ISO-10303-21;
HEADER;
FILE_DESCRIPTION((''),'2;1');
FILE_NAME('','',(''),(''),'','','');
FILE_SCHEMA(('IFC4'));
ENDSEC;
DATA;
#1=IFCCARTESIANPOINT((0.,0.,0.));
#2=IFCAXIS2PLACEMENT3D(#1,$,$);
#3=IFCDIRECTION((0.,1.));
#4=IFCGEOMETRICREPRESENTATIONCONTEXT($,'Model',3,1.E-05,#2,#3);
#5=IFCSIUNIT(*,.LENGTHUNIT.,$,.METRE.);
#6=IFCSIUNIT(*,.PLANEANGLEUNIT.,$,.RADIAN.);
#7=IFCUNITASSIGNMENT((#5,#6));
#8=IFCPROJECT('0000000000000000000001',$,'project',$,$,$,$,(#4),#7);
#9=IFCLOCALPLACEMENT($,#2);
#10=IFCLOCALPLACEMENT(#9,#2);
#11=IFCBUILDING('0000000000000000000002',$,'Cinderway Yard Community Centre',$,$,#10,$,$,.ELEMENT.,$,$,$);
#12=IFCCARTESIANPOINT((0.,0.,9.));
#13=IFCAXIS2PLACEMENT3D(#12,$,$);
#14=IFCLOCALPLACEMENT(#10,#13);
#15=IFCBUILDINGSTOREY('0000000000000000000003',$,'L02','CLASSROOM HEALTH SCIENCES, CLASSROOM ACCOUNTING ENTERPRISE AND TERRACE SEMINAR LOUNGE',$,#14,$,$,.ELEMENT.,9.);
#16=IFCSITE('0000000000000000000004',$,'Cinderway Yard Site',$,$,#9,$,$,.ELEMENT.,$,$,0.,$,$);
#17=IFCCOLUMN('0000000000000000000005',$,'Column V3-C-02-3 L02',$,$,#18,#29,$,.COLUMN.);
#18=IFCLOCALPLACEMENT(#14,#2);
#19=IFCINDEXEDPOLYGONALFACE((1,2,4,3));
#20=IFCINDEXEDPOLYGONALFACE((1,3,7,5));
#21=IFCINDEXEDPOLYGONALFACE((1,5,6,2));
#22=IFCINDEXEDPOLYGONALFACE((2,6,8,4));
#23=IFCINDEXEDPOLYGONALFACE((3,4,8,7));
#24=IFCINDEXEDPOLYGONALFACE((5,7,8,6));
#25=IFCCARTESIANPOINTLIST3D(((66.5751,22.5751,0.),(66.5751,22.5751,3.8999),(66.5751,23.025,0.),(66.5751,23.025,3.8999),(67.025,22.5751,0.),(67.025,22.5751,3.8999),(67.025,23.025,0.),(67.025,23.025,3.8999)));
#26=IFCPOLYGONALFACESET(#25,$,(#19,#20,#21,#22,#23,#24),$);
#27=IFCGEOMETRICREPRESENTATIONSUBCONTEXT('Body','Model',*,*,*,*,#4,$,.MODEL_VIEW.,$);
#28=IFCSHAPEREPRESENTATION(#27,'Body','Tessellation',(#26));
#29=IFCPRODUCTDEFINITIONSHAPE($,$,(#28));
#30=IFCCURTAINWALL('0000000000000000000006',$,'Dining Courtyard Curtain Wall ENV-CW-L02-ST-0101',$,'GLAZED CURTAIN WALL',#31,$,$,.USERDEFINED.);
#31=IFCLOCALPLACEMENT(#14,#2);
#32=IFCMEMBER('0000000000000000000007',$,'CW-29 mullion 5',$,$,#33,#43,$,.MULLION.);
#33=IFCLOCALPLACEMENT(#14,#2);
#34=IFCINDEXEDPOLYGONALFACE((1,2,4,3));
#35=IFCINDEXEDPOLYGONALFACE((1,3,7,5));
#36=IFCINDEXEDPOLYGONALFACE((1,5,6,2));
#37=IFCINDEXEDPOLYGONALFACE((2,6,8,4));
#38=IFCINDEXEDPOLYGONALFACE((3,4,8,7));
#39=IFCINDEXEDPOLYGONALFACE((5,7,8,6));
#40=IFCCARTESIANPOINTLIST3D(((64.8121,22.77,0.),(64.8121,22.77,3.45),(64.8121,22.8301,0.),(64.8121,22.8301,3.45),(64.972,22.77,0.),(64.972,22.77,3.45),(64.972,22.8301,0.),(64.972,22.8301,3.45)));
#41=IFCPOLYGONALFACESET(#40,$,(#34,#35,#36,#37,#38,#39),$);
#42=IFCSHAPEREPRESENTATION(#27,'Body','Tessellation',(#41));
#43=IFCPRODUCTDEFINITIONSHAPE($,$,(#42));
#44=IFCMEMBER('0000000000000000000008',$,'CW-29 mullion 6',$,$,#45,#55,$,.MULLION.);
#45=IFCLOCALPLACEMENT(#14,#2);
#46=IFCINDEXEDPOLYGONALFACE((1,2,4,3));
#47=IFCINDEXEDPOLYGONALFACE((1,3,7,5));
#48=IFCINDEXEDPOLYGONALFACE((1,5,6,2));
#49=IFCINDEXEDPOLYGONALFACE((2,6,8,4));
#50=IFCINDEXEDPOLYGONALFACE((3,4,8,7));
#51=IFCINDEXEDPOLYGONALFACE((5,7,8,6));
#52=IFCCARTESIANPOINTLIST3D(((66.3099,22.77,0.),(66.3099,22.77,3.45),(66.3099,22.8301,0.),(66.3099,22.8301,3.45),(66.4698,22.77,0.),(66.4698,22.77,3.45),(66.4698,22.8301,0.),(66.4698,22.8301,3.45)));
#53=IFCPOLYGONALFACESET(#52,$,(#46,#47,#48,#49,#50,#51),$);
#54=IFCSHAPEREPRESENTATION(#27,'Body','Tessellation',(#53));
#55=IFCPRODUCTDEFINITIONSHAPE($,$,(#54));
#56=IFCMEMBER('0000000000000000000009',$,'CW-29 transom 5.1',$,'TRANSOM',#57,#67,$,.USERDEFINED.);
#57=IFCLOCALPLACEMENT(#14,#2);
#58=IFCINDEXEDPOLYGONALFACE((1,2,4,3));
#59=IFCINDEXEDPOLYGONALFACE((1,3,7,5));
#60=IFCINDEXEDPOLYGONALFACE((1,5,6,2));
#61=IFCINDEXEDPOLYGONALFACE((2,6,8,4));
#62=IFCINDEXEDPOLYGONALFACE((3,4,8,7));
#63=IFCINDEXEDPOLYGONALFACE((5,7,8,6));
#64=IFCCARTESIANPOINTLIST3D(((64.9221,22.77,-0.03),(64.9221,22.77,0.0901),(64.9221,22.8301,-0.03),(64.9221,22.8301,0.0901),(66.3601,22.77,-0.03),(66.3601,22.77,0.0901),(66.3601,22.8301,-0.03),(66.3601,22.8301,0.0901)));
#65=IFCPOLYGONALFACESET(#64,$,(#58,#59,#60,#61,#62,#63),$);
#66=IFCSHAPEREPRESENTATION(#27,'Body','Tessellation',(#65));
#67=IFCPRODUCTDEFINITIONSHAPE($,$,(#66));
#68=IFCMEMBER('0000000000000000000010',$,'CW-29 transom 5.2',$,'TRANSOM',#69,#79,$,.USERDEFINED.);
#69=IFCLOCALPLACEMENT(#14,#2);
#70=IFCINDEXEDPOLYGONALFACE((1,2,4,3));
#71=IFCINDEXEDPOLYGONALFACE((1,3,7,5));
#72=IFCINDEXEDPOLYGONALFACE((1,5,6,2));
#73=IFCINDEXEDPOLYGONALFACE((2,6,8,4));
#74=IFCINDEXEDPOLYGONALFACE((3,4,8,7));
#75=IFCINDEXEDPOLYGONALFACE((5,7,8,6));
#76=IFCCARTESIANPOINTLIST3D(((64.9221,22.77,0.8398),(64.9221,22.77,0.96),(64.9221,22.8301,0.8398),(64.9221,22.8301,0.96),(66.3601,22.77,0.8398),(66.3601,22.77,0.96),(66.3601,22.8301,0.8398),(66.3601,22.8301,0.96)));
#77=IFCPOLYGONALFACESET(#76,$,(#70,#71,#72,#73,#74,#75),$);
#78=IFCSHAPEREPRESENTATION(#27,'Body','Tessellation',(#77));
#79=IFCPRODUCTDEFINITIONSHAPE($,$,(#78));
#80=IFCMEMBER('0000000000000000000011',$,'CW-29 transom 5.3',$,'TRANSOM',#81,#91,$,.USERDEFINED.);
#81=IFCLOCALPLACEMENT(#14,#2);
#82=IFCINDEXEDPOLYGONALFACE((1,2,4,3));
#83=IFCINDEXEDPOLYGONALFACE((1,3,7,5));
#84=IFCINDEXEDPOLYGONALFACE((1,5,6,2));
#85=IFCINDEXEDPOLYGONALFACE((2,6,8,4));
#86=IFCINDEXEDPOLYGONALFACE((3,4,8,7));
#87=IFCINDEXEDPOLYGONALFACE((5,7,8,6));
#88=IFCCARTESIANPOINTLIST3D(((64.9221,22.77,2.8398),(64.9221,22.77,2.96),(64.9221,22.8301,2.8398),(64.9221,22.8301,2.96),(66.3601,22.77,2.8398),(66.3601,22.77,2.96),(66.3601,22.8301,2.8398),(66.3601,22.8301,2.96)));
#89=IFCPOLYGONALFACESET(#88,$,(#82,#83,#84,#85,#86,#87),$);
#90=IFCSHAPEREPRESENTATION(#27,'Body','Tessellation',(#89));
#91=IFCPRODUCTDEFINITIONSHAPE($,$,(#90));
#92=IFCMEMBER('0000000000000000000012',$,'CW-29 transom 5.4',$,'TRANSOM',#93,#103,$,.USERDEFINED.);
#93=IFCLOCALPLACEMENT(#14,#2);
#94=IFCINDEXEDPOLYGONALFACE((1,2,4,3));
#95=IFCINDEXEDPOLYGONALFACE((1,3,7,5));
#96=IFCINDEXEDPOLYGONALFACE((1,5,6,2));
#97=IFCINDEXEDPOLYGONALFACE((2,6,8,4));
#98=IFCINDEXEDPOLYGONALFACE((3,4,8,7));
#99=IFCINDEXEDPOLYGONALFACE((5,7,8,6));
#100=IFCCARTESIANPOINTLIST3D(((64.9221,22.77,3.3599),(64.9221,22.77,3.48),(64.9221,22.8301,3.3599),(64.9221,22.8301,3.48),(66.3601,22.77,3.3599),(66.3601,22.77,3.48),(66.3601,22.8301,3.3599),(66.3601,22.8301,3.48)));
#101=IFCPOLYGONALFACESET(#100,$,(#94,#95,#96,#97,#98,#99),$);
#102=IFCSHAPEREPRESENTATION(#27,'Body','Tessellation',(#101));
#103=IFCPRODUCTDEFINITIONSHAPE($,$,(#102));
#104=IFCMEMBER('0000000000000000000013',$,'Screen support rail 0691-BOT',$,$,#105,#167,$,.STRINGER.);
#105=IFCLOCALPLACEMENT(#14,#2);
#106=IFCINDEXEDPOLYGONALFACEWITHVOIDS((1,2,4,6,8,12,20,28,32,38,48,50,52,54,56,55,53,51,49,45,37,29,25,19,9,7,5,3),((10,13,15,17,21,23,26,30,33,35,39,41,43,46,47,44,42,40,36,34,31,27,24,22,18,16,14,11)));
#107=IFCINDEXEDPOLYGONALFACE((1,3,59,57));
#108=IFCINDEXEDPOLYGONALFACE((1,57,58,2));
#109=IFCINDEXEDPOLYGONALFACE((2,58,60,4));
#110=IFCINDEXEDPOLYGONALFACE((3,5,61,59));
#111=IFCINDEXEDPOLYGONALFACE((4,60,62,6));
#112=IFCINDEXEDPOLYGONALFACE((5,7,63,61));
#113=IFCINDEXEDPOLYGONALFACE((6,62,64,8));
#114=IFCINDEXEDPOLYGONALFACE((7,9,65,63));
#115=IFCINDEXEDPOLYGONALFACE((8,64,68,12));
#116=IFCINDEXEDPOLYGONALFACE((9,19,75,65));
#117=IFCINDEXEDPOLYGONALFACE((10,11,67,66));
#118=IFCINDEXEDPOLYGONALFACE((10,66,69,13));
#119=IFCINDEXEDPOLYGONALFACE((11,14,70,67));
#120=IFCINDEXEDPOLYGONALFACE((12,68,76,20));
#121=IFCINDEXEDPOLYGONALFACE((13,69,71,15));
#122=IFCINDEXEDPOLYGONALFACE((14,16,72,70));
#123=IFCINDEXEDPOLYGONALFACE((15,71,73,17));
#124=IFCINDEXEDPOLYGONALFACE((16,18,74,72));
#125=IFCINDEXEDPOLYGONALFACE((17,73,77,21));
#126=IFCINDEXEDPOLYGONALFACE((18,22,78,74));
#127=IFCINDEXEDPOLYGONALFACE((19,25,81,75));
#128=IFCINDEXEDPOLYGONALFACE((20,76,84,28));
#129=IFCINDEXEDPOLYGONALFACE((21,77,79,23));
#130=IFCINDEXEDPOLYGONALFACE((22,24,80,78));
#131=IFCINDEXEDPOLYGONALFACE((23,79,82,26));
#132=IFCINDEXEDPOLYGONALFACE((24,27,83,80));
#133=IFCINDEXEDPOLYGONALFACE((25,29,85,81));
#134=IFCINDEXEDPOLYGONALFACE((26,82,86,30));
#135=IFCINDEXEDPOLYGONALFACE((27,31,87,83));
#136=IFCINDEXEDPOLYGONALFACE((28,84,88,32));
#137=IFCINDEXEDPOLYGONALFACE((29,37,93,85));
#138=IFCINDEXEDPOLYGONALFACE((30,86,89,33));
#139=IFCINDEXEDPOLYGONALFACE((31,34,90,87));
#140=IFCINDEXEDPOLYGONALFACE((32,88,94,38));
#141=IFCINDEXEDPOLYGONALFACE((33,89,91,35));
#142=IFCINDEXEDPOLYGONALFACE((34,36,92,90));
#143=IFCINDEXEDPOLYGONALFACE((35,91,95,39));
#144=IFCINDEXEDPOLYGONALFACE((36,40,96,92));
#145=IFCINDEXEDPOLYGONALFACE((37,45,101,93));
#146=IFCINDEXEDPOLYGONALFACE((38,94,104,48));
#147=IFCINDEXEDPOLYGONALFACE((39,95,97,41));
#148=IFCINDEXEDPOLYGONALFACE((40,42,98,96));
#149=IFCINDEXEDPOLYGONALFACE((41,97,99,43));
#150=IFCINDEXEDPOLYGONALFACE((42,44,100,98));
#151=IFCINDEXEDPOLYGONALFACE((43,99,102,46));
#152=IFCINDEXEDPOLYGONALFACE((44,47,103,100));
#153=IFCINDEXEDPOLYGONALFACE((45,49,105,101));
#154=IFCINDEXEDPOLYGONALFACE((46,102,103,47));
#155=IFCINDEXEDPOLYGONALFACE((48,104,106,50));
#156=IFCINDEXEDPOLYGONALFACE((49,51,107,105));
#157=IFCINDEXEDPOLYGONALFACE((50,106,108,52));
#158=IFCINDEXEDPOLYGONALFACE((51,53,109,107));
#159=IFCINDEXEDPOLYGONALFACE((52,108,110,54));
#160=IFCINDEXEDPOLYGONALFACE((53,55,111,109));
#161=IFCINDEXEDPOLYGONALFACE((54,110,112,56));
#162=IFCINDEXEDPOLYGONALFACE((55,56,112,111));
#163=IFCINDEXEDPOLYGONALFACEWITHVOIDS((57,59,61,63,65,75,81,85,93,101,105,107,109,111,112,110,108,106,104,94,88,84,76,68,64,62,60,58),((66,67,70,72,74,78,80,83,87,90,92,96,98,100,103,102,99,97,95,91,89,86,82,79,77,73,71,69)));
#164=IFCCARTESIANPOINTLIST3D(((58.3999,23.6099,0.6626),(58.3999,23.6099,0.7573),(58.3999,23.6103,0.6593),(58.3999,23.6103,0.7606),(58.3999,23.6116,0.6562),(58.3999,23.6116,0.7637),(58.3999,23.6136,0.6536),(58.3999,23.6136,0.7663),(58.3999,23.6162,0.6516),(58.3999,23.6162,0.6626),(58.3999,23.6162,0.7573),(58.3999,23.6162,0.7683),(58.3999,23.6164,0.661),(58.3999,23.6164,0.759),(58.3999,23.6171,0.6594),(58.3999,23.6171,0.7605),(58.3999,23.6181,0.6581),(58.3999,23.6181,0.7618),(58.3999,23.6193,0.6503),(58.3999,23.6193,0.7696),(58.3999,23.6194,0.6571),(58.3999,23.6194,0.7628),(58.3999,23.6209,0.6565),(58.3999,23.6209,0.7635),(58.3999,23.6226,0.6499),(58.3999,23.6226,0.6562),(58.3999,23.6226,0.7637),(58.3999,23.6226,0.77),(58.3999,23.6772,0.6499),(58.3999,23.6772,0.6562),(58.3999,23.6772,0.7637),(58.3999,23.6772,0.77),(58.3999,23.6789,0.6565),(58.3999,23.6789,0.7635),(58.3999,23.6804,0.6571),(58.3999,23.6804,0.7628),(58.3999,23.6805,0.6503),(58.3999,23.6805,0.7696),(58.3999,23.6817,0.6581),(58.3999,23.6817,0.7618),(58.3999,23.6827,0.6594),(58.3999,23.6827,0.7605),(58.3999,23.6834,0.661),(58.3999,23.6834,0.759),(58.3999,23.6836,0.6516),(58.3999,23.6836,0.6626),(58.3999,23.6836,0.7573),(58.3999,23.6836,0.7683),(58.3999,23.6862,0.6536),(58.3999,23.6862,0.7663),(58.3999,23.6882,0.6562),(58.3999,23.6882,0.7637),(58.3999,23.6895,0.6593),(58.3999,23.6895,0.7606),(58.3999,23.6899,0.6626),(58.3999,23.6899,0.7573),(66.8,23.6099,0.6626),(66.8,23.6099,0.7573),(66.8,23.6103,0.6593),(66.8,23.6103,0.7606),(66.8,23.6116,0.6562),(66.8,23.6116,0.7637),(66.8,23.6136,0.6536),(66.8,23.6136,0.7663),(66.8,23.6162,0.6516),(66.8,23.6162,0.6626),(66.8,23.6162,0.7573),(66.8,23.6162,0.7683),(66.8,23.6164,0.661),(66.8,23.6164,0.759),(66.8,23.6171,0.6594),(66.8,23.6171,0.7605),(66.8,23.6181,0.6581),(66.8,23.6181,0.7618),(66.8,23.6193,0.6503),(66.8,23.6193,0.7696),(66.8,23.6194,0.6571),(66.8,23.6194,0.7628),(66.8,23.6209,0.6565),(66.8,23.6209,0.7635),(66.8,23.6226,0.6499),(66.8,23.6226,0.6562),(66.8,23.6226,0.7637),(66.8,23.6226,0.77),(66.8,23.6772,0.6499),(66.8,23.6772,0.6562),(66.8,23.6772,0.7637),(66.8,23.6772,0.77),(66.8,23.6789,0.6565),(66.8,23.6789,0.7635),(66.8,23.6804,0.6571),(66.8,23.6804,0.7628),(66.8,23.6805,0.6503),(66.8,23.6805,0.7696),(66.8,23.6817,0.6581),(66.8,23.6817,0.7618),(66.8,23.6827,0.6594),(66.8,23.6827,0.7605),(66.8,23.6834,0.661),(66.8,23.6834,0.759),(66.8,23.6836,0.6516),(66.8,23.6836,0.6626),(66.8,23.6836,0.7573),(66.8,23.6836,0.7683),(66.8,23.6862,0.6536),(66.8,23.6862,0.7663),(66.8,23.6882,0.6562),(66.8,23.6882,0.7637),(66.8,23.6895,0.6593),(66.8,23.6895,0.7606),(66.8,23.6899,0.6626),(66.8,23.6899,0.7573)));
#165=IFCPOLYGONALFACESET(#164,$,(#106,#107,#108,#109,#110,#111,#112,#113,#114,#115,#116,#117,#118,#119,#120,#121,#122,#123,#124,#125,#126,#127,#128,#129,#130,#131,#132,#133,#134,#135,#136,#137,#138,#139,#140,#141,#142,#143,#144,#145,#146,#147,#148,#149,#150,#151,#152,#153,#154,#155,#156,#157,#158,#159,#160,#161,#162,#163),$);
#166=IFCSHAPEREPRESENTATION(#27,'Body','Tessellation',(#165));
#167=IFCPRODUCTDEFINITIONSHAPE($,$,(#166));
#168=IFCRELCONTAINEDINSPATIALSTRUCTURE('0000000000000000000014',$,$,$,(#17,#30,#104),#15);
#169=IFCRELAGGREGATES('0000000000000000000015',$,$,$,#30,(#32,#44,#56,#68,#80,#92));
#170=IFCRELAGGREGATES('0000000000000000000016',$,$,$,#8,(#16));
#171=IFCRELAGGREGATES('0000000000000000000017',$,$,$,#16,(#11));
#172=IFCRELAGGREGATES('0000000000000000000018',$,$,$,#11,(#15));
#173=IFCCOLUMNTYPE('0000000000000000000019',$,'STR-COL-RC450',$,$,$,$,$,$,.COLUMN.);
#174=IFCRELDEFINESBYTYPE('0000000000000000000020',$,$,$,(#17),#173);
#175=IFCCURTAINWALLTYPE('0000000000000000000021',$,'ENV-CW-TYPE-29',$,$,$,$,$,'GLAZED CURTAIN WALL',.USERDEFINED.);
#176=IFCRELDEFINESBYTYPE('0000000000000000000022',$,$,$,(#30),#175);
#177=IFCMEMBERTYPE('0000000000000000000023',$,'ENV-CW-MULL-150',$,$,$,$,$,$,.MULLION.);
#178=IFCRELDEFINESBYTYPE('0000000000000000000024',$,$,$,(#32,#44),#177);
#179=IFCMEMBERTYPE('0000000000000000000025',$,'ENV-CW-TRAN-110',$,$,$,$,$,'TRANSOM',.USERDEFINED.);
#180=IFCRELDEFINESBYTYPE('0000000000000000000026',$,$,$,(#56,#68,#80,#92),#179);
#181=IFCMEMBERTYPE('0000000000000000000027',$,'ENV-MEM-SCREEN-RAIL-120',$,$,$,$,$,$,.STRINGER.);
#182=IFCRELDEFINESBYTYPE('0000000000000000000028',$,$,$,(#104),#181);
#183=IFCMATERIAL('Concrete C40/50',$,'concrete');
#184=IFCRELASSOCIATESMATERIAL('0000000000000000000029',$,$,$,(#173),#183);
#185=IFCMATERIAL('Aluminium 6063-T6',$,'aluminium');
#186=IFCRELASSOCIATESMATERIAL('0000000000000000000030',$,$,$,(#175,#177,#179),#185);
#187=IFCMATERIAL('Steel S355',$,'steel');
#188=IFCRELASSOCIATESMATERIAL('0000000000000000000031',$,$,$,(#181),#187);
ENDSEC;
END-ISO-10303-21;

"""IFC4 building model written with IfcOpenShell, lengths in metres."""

from ifc_helpers import new_model, si_unit, direction, frame, origin, origin_2d, place, context, subcontext, project, spatial, rectangle, hollow_rectangle, extrude, material, material_profile, profile_set, type_object, element, aggregate, save


model = new_model("IFC4")

# Units and contexts
model_context = context("Model", 3, precision=1e-05, world=origin(), true_north=direction((0.0, 1.0)))
body_context = subcontext(model_context, "Body", "Model", "MODEL_VIEW")
ifc_project = project(units=[si_unit("LENGTHUNIT", "METRE"), si_unit("PLANEANGLEUNIT", "RADIAN")], contexts=[model_context])

# Site, building, storey
site_placement = place(None, origin())
site = spatial("IfcSite", under=ifc_project, at=site_placement, Name="Cinderway Yard Site", CompositionType="ELEMENT", RefElevation=0.0)
building_placement = place(site_placement, origin())
building = spatial("IfcBuilding", under=site, at=building_placement, Name="Cinderway Yard Community Centre", CompositionType="ELEMENT")
storey_placement = place(building_placement, frame((0.0, 0.0, 9.0)))
storey = spatial("IfcBuildingStorey", under=building, at=storey_placement, Name="L02", Description="CLASSROOM HEALTH SCIENCES, CLASSROOM ACCOUNTING ENTERPRISE AND TERRACE SEMINAR LOUNGE", CompositionType="ELEMENT", Elevation=9.0)

# Column
ifc_material_1 = material(Name="Concrete C40/50", Category="concrete")
ifc_material_profile_1 = material_profile(ifc_material_1, rectangle(XDim=0.45, YDim=0.45, at=origin_2d()), Name="Concrete C40/50")
ifc_profile_set_1 = profile_set([ifc_material_profile_1], Name="Concrete C40/50")
column_type = type_object("IfcColumnType", Name="STR-COL-RC450", PredefinedType="COLUMN", material=ifc_profile_set_1)
column_placement = place(storey_placement, frame((66.8, 22.8, 0.0), z_axis=(0.0, 0.0, 1.0), x_axis=(1.0, 0.0, 0.0)))
element("IfcColumn", 1, at=column_placement, inside=storey, type_object=column_type, Name="Column V3-C-02-3 L02", PredefinedType="COLUMN", context=body_context, shape_type="SweptSolid", body=[
    extrude(rectangle(XDim=0.45, YDim=0.45, at=origin_2d()), origin(), (0.0, 0.0, 1.0), 3.8999),
])

# Curtain wall, members
ifc_material_2 = material(Name="Aluminium 6063-T6", Category="aluminium")
curtain_wall_type = type_object("IfcCurtainWallType", Name="ENV-CW-TYPE-29", ElementType="GLAZED CURTAIN WALL", PredefinedType="USERDEFINED", material=ifc_material_2)
curtain_wall_placement = place(storey_placement, origin())
curtain_wall = element("IfcCurtainWall", 2, at=curtain_wall_placement, inside=storey, type_object=curtain_wall_type, Name="Dining Courtyard Curtain Wall ENV-CW-L02-ST-0101", ObjectType="GLAZED CURTAIN WALL", PredefinedType="USERDEFINED")
ifc_material_profile_2 = material_profile(ifc_material_2, rectangle(XDim=0.0601, YDim=0.1599, at=origin_2d()), Name="Aluminium 6063-T6")
ifc_profile_set_2 = profile_set([ifc_material_profile_2], Name="Aluminium 6063-T6")
member_type_1 = type_object("IfcMemberType", Name="ENV-CW-MULL-150", PredefinedType="MULLION", material=ifc_profile_set_2)
member_1_placement = place(storey_placement, frame((64.8921, 22.8, 0.0), z_axis=(0.0, 0.0, 1.0), x_axis=(0.0, 1.0, 0.0)))
member_1 = element("IfcMember", 3, at=member_1_placement, type_object=member_type_1, Name="CW-29 mullion 5", PredefinedType="MULLION", context=body_context, shape_type="SweptSolid", body=[
    extrude(rectangle(XDim=0.0601, YDim=0.1599, at=origin_2d()), origin(), (0.0, 0.0, 1.0), 3.45),
])
member_2_placement = place(storey_placement, frame((66.3899, 22.8, 0.0), z_axis=(0.0, 0.0, 1.0), x_axis=(0.0, 1.0, 0.0)))
member_2 = element("IfcMember", 4, at=member_2_placement, type_object=member_type_1, Name="CW-29 mullion 6", PredefinedType="MULLION", context=body_context, shape_type="SweptSolid", body=[
    extrude(rectangle(XDim=0.0601, YDim=0.1599, at=origin_2d()), origin(), (0.0, 0.0, 1.0), 3.45),
])
ifc_material_profile_3 = material_profile(ifc_material_2, rectangle(XDim=0.0601, YDim=0.1201, at=origin_2d()), Name="Aluminium 6063-T6")
ifc_profile_set_3 = profile_set([ifc_material_profile_3], Name="Aluminium 6063-T6")
member_type_2 = type_object("IfcMemberType", Name="ENV-CW-TRAN-110", ElementType="TRANSOM", PredefinedType="USERDEFINED", material=ifc_profile_set_3)
member_3_placement = place(storey_placement, frame((64.9221, 22.8, 0.03), z_axis=(1.0, 0.0, 0.0), x_axis=(0.0, 1.0, 0.0)))
member_3 = element("IfcMember", 5, at=member_3_placement, type_object=member_type_2, Name="CW-29 transom 5.1", ObjectType="TRANSOM", PredefinedType="USERDEFINED", context=body_context, shape_type="SweptSolid", body=[
    extrude(rectangle(XDim=0.0601, YDim=0.1201, at=origin_2d()), origin(), (0.0, 0.0, 1.0), 1.438),
])
member_4_placement = place(storey_placement, frame((64.9221, 22.8, 0.8999), z_axis=(1.0, 0.0, 0.0), x_axis=(0.0, 1.0, 0.0)))
member_4 = element("IfcMember", 6, at=member_4_placement, type_object=member_type_2, Name="CW-29 transom 5.2", ObjectType="TRANSOM", PredefinedType="USERDEFINED", context=body_context, shape_type="SweptSolid", body=[
    extrude(rectangle(XDim=0.0601, YDim=0.1201, at=origin_2d()), origin(), (0.0, 0.0, 1.0), 1.438),
])
member_5_placement = place(storey_placement, frame((64.9221, 22.8, 2.8999), z_axis=(1.0, 0.0, 0.0), x_axis=(0.0, 1.0, 0.0)))
member_5 = element("IfcMember", 7, at=member_5_placement, type_object=member_type_2, Name="CW-29 transom 5.3", ObjectType="TRANSOM", PredefinedType="USERDEFINED", context=body_context, shape_type="SweptSolid", body=[
    extrude(rectangle(XDim=0.0601, YDim=0.1201, at=origin_2d()), origin(), (0.0, 0.0, 1.0), 1.438),
])
member_6_placement = place(storey_placement, frame((64.9221, 22.8, 3.4199), z_axis=(1.0, 0.0, 0.0), x_axis=(0.0, 1.0, 0.0)))
member_6 = element("IfcMember", 8, at=member_6_placement, type_object=member_type_2, Name="CW-29 transom 5.4", ObjectType="TRANSOM", PredefinedType="USERDEFINED", context=body_context, shape_type="SweptSolid", body=[
    extrude(rectangle(XDim=0.0601, YDim=0.1201, at=origin_2d()), origin(), (0.0, 0.0, 1.0), 1.438),
])

# Member
ifc_material_3 = material(Name="Steel S355", Category="steel")
ifc_material_profile_4 = material_profile(ifc_material_3, hollow_rectangle(XDim=0.0801, YDim=0.1201, WallThickness=0.0063, InnerFilletRadius=0.0063, OuterFilletRadius=0.0127, at=origin_2d()), Name="Steel S355")
ifc_profile_set_4 = profile_set([ifc_material_profile_4], Name="Steel S355")
member_type_3 = type_object("IfcMemberType", Name="ENV-MEM-SCREEN-RAIL-120", PredefinedType="STRINGER", material=ifc_profile_set_4)
for number, where, z_axis, x_axis, name in (
    (9, (58.3999, 23.6499, 0.71), (1.0, 0.0, 0.0), (0.0, 1.0, 0.0), "Screen support rail 0691-BOT"),
):
    element("IfcMember", number, at=place(storey_placement, frame(where, z_axis=z_axis, x_axis=x_axis)), inside=storey, type_object=member_type_3, Name=name, PredefinedType="STRINGER", context=body_context, shape_type="SweptSolid", body=[
        extrude(hollow_rectangle(XDim=0.0801, YDim=0.1201, WallThickness=0.0063, InnerFilletRadius=0.0063, OuterFilletRadius=0.0127, at=origin_2d()), origin(), (0.0, 0.0, 1.0), 8.4001),
    ])

aggregate(curtain_wall, [member_1, member_2, member_3, member_4, member_5, member_6])

save(model, "model.ifc")
